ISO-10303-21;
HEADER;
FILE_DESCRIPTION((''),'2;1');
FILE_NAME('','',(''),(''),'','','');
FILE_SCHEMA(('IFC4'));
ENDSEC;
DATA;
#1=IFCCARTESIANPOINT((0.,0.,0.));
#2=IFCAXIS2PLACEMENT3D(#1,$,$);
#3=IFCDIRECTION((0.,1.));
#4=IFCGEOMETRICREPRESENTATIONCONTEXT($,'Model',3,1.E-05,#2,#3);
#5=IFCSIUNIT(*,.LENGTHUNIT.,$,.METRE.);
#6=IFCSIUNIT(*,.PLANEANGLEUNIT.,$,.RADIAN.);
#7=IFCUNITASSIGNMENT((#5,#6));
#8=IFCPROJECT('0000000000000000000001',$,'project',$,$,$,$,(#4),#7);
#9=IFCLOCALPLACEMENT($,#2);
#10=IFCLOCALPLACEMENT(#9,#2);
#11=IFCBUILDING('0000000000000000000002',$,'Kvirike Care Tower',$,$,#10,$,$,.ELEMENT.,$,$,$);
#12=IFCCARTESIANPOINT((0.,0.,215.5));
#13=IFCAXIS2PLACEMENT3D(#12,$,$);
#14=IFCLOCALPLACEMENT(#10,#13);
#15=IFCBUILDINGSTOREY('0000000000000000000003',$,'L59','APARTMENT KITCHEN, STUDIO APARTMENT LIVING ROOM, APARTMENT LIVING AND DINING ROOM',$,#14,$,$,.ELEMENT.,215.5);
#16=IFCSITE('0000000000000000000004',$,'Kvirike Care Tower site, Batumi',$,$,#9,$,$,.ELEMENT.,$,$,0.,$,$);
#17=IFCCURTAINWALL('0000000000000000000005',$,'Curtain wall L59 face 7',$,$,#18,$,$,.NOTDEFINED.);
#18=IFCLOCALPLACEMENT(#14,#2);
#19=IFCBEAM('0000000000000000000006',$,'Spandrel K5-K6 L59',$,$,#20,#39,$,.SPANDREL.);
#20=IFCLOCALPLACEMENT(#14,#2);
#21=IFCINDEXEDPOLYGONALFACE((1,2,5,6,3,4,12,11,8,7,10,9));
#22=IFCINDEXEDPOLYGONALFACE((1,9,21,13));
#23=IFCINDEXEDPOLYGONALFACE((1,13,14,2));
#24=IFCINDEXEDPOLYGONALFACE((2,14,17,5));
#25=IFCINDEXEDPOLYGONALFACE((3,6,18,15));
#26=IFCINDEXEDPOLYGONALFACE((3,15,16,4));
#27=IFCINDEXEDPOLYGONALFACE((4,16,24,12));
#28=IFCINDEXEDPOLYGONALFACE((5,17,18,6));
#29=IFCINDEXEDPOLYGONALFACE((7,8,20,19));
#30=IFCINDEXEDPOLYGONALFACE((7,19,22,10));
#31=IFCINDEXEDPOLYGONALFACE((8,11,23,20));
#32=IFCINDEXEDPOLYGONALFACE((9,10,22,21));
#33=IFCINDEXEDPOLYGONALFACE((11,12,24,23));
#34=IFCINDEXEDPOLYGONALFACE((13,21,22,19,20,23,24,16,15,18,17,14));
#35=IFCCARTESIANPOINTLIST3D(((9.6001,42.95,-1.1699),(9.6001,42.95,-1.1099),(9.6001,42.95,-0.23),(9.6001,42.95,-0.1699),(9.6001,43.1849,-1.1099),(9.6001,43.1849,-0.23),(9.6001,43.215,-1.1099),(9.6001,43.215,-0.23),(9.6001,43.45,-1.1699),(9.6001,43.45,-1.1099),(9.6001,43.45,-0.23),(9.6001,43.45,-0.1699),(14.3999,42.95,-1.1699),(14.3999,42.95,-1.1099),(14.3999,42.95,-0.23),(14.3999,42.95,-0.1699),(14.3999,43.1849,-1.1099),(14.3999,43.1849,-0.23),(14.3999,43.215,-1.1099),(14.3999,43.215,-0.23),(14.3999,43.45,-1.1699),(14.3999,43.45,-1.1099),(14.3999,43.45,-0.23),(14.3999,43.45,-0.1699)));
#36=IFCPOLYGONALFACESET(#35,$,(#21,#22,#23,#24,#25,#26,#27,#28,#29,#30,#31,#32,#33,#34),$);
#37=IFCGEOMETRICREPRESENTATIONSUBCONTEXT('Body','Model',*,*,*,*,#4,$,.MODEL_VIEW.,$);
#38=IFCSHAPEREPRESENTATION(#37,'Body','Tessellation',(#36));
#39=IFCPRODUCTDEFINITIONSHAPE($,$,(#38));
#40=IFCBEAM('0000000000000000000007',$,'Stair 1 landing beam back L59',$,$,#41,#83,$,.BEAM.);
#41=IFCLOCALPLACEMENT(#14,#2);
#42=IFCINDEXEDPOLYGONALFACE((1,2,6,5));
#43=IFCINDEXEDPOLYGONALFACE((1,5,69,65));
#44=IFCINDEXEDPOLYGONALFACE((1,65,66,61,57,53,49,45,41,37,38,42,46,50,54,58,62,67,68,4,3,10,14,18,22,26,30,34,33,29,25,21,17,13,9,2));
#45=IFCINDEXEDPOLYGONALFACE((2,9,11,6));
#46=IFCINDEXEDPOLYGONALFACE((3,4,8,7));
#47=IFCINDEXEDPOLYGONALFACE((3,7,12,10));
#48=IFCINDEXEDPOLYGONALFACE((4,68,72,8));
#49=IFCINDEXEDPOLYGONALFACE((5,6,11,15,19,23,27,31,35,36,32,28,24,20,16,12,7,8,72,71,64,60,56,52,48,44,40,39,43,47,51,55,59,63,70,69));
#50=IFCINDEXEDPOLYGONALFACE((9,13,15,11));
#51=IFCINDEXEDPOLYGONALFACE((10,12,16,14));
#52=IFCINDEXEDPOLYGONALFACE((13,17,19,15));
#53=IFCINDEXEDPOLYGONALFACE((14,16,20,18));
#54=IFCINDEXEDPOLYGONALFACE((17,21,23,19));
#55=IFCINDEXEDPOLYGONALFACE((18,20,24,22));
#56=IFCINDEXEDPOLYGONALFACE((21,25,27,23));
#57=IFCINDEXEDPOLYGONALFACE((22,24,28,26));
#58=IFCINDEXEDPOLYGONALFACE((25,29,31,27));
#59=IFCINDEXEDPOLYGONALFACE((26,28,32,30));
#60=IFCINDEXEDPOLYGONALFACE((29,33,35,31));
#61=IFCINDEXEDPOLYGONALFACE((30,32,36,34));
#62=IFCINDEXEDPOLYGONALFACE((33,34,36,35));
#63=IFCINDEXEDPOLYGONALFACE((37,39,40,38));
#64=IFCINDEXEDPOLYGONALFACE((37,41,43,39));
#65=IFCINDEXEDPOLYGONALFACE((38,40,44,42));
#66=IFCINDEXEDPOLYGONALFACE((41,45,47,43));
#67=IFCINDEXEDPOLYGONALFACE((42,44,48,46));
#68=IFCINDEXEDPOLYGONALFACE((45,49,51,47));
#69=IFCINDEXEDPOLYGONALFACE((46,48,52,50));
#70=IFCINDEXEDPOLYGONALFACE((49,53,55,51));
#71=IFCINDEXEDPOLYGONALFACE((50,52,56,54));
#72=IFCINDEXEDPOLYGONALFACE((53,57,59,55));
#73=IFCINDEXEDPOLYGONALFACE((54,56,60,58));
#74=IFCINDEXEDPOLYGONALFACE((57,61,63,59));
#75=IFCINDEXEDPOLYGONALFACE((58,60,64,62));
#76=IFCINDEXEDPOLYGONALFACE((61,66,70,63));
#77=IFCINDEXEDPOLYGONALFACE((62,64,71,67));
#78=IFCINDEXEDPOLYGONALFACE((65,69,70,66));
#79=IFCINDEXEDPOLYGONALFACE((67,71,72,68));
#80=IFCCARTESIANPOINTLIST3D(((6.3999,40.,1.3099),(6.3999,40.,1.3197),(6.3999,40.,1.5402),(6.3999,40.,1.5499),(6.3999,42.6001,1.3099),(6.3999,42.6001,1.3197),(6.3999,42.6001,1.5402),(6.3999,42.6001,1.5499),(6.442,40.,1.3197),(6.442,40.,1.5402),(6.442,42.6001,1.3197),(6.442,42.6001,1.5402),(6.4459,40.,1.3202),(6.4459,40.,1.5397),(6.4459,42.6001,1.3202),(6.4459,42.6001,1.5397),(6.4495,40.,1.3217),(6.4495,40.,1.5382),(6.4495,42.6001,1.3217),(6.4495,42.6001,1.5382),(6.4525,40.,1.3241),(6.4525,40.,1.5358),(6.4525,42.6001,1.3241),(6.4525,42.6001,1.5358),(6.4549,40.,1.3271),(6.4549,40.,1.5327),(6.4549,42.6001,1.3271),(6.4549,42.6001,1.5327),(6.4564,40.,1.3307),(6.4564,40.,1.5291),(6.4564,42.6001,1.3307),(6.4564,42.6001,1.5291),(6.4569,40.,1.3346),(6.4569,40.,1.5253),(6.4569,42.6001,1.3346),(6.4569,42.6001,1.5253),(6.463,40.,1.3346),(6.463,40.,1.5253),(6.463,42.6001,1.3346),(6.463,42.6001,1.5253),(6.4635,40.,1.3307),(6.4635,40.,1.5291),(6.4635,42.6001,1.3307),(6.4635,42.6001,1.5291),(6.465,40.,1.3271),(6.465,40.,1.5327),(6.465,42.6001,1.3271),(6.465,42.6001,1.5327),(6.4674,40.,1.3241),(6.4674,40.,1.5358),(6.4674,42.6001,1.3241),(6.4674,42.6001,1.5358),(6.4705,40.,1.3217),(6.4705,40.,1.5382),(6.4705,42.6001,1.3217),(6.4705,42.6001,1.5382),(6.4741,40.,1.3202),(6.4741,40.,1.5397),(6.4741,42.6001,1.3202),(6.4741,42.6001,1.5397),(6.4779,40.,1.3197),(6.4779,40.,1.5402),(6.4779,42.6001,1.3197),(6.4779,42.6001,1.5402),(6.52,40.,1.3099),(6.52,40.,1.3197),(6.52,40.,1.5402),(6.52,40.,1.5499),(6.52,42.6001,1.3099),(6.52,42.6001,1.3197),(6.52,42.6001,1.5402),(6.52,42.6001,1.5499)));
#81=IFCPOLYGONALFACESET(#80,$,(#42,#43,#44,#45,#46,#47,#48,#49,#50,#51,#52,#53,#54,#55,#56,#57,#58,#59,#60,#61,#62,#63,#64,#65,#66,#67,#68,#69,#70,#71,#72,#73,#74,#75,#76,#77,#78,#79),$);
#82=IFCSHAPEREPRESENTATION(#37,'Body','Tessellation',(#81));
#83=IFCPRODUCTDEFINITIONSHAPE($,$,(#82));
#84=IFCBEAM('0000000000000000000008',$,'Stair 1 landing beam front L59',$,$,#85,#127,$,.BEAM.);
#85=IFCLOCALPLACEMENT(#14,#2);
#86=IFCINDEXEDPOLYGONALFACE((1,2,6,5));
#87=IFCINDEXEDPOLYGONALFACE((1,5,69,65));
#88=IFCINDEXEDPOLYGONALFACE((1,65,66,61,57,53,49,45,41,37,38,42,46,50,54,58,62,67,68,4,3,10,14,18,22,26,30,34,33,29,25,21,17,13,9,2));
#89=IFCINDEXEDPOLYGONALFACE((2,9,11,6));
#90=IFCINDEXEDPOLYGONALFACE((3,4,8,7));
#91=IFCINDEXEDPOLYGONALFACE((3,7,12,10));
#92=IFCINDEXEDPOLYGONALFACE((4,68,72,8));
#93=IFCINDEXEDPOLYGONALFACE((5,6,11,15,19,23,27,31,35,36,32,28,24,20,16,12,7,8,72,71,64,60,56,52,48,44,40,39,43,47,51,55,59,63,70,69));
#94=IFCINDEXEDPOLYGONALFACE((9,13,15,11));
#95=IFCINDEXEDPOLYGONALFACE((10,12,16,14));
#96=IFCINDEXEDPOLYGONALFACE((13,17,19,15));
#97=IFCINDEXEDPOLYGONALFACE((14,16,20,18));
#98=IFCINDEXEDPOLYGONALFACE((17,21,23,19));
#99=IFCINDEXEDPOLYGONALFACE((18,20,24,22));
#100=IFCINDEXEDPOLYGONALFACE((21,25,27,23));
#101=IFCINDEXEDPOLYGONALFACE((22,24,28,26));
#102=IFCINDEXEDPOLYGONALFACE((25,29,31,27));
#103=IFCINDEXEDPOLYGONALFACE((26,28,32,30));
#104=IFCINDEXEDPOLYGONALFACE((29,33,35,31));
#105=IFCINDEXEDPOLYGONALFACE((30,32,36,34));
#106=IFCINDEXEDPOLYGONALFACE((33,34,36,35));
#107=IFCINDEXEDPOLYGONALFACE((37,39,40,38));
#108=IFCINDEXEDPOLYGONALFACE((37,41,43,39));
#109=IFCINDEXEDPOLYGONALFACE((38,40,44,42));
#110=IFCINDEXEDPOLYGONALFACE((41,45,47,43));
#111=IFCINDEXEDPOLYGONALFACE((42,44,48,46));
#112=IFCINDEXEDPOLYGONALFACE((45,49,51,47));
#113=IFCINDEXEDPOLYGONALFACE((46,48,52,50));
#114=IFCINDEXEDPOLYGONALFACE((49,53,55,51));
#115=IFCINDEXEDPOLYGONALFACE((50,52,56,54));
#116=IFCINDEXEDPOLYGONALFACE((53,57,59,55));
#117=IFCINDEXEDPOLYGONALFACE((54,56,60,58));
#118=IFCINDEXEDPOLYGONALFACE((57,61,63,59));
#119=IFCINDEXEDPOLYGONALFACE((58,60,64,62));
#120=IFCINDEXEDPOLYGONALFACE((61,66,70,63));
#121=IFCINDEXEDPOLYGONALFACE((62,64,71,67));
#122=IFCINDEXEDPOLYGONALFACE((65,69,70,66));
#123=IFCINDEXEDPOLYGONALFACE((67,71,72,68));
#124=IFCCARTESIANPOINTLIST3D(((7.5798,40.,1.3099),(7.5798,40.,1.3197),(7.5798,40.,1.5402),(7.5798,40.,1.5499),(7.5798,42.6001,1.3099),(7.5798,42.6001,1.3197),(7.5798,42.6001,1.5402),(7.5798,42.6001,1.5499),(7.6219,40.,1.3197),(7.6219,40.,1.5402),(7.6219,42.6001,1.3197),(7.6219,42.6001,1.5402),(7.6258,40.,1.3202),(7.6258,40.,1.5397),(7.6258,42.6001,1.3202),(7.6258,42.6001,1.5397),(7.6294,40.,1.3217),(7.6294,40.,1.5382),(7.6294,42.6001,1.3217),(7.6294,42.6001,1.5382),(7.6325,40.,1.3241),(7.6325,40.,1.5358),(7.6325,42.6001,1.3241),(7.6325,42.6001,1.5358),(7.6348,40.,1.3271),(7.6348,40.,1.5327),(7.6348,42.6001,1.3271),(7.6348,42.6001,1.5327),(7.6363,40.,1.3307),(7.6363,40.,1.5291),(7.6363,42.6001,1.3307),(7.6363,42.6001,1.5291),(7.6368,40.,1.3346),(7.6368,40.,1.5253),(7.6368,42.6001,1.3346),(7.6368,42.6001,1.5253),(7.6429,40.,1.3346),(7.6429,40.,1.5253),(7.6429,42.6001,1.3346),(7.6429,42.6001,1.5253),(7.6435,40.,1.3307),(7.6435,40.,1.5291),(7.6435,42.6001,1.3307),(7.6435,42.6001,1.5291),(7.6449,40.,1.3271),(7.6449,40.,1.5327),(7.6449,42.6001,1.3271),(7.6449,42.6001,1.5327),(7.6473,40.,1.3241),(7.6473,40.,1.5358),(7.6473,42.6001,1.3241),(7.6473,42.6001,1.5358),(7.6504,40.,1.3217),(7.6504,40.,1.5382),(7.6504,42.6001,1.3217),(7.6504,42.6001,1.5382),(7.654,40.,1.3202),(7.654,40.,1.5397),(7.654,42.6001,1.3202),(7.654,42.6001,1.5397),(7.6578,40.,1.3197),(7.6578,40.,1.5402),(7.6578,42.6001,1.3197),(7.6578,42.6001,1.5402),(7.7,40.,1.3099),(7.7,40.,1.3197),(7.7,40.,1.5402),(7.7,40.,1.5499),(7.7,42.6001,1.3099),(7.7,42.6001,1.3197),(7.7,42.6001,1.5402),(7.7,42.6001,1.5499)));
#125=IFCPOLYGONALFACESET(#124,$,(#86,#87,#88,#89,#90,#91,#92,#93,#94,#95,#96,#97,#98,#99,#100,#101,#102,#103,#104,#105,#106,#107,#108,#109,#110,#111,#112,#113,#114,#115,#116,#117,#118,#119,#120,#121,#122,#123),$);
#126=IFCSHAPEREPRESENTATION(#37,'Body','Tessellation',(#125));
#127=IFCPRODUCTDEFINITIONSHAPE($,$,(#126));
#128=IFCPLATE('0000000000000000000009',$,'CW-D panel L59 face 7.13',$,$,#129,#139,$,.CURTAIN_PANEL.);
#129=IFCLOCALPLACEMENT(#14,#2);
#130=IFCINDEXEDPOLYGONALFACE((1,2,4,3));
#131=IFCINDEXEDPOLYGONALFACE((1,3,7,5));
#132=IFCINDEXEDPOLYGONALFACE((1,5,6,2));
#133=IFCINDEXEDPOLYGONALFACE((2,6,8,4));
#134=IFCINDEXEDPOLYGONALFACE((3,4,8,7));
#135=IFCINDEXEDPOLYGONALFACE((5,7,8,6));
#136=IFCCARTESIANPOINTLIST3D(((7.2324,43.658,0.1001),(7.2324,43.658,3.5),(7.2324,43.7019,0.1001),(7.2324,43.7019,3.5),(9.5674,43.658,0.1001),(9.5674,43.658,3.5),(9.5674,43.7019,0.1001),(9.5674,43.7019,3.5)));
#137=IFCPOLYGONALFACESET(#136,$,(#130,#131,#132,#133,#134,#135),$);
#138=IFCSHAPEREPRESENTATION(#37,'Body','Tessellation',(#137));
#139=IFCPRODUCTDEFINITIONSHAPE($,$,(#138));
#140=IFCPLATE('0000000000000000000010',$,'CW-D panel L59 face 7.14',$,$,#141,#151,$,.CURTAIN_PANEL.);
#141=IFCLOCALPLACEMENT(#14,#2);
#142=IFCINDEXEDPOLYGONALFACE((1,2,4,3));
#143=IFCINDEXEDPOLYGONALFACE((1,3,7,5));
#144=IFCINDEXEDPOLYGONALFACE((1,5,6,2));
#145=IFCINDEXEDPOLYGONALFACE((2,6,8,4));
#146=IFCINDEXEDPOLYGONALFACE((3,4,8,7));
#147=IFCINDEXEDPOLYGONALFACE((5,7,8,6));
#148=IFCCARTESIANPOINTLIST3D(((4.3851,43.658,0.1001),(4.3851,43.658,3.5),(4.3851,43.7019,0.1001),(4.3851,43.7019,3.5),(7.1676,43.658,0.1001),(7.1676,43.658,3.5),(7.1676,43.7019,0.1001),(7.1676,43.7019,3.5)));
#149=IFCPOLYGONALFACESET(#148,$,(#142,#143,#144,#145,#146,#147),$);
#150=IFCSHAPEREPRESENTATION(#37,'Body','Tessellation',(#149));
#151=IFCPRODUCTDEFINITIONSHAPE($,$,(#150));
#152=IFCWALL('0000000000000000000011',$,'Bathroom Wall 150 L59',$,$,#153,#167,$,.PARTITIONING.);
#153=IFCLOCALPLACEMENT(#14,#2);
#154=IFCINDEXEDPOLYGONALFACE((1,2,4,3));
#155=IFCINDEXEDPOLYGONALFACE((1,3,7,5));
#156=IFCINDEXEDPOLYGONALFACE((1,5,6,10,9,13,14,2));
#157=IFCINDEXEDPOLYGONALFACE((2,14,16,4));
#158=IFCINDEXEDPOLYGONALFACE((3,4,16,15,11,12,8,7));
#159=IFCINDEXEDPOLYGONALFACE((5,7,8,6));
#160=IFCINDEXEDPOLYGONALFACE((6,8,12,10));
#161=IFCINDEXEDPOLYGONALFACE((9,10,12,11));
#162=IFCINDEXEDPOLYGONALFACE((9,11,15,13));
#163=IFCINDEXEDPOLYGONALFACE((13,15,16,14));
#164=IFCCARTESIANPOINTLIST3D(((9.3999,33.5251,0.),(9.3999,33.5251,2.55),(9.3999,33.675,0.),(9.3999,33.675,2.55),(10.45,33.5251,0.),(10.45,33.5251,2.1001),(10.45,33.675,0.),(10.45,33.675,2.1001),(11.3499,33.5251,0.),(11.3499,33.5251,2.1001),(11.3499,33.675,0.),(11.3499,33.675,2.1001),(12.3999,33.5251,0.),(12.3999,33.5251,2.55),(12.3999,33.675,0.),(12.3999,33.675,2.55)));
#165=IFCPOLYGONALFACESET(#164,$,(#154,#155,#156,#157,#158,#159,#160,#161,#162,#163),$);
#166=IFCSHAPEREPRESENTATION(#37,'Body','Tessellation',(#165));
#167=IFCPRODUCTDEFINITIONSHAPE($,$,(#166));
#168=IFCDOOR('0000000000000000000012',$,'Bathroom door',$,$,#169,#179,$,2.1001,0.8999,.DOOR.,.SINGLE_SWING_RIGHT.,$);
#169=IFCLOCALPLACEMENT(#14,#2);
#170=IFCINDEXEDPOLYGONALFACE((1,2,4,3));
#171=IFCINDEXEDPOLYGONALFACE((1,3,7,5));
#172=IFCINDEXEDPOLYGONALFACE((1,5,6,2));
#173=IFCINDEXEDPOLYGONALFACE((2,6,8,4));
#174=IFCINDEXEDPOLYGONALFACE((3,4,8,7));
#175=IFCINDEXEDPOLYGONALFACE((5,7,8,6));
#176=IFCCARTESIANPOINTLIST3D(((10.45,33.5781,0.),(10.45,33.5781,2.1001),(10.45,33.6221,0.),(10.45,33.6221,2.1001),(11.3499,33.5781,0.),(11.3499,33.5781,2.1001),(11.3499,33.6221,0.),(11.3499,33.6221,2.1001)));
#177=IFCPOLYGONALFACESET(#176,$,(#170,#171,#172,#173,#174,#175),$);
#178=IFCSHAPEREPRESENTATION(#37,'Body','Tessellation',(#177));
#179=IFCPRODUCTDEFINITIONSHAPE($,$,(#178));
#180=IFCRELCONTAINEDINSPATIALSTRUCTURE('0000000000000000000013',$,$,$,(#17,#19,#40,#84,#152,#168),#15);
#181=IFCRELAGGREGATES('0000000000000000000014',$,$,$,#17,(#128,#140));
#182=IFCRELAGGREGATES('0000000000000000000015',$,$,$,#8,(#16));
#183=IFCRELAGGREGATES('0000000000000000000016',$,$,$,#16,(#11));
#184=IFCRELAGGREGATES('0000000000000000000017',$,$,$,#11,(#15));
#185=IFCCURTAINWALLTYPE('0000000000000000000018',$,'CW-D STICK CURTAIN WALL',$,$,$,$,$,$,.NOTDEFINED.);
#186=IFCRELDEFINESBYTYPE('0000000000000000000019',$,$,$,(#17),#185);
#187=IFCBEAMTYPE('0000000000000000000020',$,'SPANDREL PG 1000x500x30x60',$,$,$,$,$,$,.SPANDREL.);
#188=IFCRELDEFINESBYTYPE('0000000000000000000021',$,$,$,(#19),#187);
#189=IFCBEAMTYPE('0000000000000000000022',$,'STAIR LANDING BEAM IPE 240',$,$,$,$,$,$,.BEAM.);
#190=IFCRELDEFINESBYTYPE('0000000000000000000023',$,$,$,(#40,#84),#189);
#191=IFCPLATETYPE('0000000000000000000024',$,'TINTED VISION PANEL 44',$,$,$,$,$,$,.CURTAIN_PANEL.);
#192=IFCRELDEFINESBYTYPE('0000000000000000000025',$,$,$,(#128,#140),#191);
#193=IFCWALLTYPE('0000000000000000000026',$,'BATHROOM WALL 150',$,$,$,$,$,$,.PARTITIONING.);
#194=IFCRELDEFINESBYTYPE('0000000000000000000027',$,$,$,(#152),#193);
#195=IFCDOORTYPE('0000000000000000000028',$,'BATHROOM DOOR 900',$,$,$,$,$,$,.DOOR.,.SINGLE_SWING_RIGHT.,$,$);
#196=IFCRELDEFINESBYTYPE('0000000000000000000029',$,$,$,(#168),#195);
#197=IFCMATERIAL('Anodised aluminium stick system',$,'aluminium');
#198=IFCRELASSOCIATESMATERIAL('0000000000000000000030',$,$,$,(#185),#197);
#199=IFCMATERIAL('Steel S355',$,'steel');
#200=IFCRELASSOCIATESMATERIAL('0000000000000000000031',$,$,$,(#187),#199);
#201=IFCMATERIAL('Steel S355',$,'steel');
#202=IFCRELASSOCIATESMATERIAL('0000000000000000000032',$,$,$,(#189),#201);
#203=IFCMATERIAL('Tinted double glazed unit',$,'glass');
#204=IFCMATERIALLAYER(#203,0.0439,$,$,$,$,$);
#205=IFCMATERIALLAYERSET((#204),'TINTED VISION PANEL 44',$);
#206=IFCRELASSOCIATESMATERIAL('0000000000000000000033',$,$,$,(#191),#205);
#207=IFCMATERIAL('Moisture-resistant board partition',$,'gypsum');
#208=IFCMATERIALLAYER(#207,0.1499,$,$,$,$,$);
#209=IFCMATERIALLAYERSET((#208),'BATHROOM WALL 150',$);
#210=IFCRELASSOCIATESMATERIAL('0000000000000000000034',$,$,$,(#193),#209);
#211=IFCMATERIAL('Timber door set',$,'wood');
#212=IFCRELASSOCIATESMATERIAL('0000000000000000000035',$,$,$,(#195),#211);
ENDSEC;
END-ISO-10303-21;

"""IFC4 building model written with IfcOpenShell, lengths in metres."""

from ifc_helpers import new_model, si_unit, direction, frame, frame_2d, origin, origin_2d, place, context, subcontext, project, spatial, rectangle, i_section, extrude, material, layer, layer_set, material_profile, profile_set, type_object, element, fill, aggregate, save


model = new_model("IFC4")

# Units and contexts
model_context = context("Model", 3, precision=1e-05, world=origin(), true_north=direction((0.0, 1.0)))
body_context = subcontext(model_context, "Body", "Model", "MODEL_VIEW")
ifc_project = project(units=[si_unit("LENGTHUNIT", "METRE"), si_unit("PLANEANGLEUNIT", "RADIAN")], contexts=[model_context])

# Site, building, storey
site_placement = place(None, origin())
site = spatial("IfcSite", under=ifc_project, at=site_placement, Name="Kvirike Care Tower site, Batumi", CompositionType="ELEMENT", RefElevation=0.0)
building_placement = place(site_placement, origin())
building = spatial("IfcBuilding", under=site, at=building_placement, Name="Kvirike Care Tower", CompositionType="ELEMENT")
storey_placement = place(building_placement, frame((0.0, 0.0, 215.5)))
storey = spatial("IfcBuildingStorey", under=building, at=storey_placement, Name="L59", Description="APARTMENT KITCHEN, STUDIO APARTMENT LIVING ROOM, APARTMENT LIVING AND DINING ROOM", CompositionType="ELEMENT", Elevation=215.5)

# Curtain wall
ifc_material_1 = material(Name="Anodised aluminium stick system", Category="aluminium")
curtain_wall_type = type_object("IfcCurtainWallType", Name="CW-D STICK CURTAIN WALL", PredefinedType="NOTDEFINED", material=ifc_material_1)
curtain_wall_placement = place(storey_placement, origin())
curtain_wall = element("IfcCurtainWall", 1, at=curtain_wall_placement, inside=storey, type_object=curtain_wall_type, Name="Curtain wall L59 face 7", PredefinedType="NOTDEFINED")

# Beams
ifc_material_2 = material(Name="Steel S355", Category="steel")
ifc_material_profile_1 = material_profile(ifc_material_2, i_section(OverallWidth=0.5, OverallDepth=1.0, WebThickness=0.03, FlangeThickness=0.0601, at=origin_2d()), Name="PG 1000x500x30x60")
ifc_profile_set_1 = profile_set([ifc_material_profile_1], Name="Steel S355")
beam_type_1 = type_object("IfcBeamType", Name="SPANDREL PG 1000x500x30x60", PredefinedType="SPANDREL", material=ifc_profile_set_1)
beam_placement = place(storey_placement, frame((9.6001, 43.2, -0.6699), z_axis=(1.0, 0.0, 0.0), x_axis=(0.0, 1.0, 0.0)))
element("IfcBeam", 2, at=beam_placement, inside=storey, type_object=beam_type_1, Name="Spandrel K5-K6 L59", PredefinedType="SPANDREL", context=body_context, shape_type="SweptSolid", body=[
    extrude(i_section(OverallWidth=0.5, OverallDepth=1.0, WebThickness=0.03, FlangeThickness=0.0601, at=origin_2d()), origin(), (0.0, 0.0, 1.0), 4.7998),
])
ifc_material_3 = material(Name="Steel S355", Category="steel")
ifc_material_profile_2 = material_profile(ifc_material_3, i_section(OverallWidth=0.1201, OverallDepth=0.24, WebThickness=0.0061, FlangeThickness=0.0098, FilletRadius=0.0149, at=origin_2d()), Name="IPE 240")
ifc_profile_set_2 = profile_set([ifc_material_profile_2], Name="Steel S355")
beam_type_2 = type_object("IfcBeamType", Name="STAIR LANDING BEAM IPE 240", PredefinedType="BEAM", material=ifc_profile_set_2)
for number, where, z_axis, x_axis, name in (
    (3, (6.46, 42.6001, 1.4299), (0.0, -1.0, 0.0), (1.0, 0.0, 0.0), "Stair 1 landing beam back L59"),
    (4, (7.6399, 42.6001, 1.4299), (0.0, -1.0, 0.0), (1.0, 0.0, 0.0), "Stair 1 landing beam front L59"),
):
    element("IfcBeam", number, at=place(storey_placement, frame(where, z_axis=z_axis, x_axis=x_axis)), inside=storey, type_object=beam_type_2, Name=name, PredefinedType="BEAM", context=body_context, shape_type="SweptSolid", body=[
        extrude(i_section(OverallWidth=0.1201, OverallDepth=0.24, WebThickness=0.0061, FlangeThickness=0.0098, FilletRadius=0.0149, at=origin_2d()), origin(), (0.0, 0.0, 1.0), 2.6001),
    ])

# Plates
ifc_material_4 = material(Name="Tinted double glazed unit", Category="glass")
ifc_layer_1 = layer(ifc_material_4, 0.0439)
ifc_layer_set_1 = layer_set([ifc_layer_1], Name="TINTED VISION PANEL 44")
plate_type = type_object("IfcPlateType", Name="TINTED VISION PANEL 44", PredefinedType="CURTAIN_PANEL", material=ifc_layer_set_1)
plate_1_placement = place(storey_placement, frame((8.3999, 43.6799, 0.1001), z_axis=(0.0, 0.0, 1.0), x_axis=(-1.0, 0.0, 0.0)))
plate_1 = element("IfcPlate", 5, at=plate_1_placement, type_object=plate_type, Name="CW-D panel L59 face 7.13", PredefinedType="CURTAIN_PANEL", context=body_context, shape_type="SweptSolid", body=[
    extrude(rectangle(XDim=2.335, YDim=0.0439, at=origin_2d()), origin(), (0.0, 0.0, 1.0), 3.3999),
])
plate_2_placement = place(storey_placement, frame((5.7764, 43.6799, 0.1001), z_axis=(0.0, 0.0, 1.0), x_axis=(-1.0, 0.0, 0.0)))
plate_2 = element("IfcPlate", 6, at=plate_2_placement, type_object=plate_type, Name="CW-D panel L59 face 7.14", PredefinedType="CURTAIN_PANEL", context=body_context, shape_type="SweptSolid", body=[
    extrude(rectangle(XDim=2.7825, YDim=0.0439, at=origin_2d()), origin(), (0.0, 0.0, 1.0), 3.3999),
])
aggregate(curtain_wall, [plate_1, plate_2])

# Wall, opening, door
ifc_material_5 = material(Name="Moisture-resistant board partition", Category="gypsum")
ifc_layer_2 = layer(ifc_material_5, 0.1499)
ifc_layer_set_2 = layer_set([ifc_layer_2], Name="BATHROOM WALL 150")
wall_type_1 = type_object("IfcWallType", Name="BATHROOM WALL 150", PredefinedType="PARTITIONING", material=ifc_layer_set_2)
wall_1_placement = place(storey_placement, frame((9.3999, 33.6001, 0.0), z_axis=(0.0, 0.0, 1.0), x_axis=(1.0, 0.0, 0.0)))
wall_1 = element("IfcWall", 7, at=wall_1_placement, inside=storey, type_object=wall_type_1, Name="Bathroom Wall 150 L59", PredefinedType="PARTITIONING", context=body_context, shape_type="SweptSolid", body=[
    extrude(rectangle(XDim=3.0, YDim=0.1499, at=frame_2d((1.5, 0.0))), origin(), (0.0, 0.0, 1.0), 2.55),
])
opening_1_placement = place(wall_1_placement, frame((1.05, 0.0, 0.0)))
opening_1 = element("IfcOpeningElement", 8, at=opening_1_placement, cuts=wall_1, PredefinedType="OPENING", context=body_context, shape_type="SweptSolid", body=[
    extrude(rectangle(XDim=0.8999, YDim=2.1001, at=frame_2d((0.45, 1.05))), frame((0.0, 0.0854, 0.0), z_axis=(0.0, -1.0, 0.0), x_axis=(1.0, 0.0, 0.0)), (0.0, 0.0, 1.0), 0.1709),
])
ifc_material_6 = material(Name="Timber door set", Category="wood")
door_type_1 = type_object("IfcDoorType", Name="BATHROOM DOOR 900", OperationType="SINGLE_SWING_RIGHT", PredefinedType="DOOR", material=ifc_material_6)
door_1_placement = place(opening_1_placement, frame((0.8999, 0.0, 0.0), z_axis=(0.0, 0.0, 1.0), x_axis=(-1.0, 0.0, 0.0)))
door_1 = element("IfcDoor", 9, at=door_1_placement, inside=storey, type_object=door_type_1, Name="Bathroom door", OperationType="SINGLE_SWING_RIGHT", OverallHeight=2.1001, OverallWidth=0.8999, PredefinedType="DOOR", context=body_context, shape_type="SweptSolid", body=[
    extrude(rectangle(XDim=0.8999, YDim=2.1001, at=frame_2d((0.45, 1.05))), frame((0.0, 0.022, 0.0), z_axis=(0.0, -1.0, 0.0), x_axis=(1.0, 0.0, 0.0)), (0.0, 0.0, 1.0), 0.0439),
])
fill(opening_1, door_1)

save(model, "model.ifc")
